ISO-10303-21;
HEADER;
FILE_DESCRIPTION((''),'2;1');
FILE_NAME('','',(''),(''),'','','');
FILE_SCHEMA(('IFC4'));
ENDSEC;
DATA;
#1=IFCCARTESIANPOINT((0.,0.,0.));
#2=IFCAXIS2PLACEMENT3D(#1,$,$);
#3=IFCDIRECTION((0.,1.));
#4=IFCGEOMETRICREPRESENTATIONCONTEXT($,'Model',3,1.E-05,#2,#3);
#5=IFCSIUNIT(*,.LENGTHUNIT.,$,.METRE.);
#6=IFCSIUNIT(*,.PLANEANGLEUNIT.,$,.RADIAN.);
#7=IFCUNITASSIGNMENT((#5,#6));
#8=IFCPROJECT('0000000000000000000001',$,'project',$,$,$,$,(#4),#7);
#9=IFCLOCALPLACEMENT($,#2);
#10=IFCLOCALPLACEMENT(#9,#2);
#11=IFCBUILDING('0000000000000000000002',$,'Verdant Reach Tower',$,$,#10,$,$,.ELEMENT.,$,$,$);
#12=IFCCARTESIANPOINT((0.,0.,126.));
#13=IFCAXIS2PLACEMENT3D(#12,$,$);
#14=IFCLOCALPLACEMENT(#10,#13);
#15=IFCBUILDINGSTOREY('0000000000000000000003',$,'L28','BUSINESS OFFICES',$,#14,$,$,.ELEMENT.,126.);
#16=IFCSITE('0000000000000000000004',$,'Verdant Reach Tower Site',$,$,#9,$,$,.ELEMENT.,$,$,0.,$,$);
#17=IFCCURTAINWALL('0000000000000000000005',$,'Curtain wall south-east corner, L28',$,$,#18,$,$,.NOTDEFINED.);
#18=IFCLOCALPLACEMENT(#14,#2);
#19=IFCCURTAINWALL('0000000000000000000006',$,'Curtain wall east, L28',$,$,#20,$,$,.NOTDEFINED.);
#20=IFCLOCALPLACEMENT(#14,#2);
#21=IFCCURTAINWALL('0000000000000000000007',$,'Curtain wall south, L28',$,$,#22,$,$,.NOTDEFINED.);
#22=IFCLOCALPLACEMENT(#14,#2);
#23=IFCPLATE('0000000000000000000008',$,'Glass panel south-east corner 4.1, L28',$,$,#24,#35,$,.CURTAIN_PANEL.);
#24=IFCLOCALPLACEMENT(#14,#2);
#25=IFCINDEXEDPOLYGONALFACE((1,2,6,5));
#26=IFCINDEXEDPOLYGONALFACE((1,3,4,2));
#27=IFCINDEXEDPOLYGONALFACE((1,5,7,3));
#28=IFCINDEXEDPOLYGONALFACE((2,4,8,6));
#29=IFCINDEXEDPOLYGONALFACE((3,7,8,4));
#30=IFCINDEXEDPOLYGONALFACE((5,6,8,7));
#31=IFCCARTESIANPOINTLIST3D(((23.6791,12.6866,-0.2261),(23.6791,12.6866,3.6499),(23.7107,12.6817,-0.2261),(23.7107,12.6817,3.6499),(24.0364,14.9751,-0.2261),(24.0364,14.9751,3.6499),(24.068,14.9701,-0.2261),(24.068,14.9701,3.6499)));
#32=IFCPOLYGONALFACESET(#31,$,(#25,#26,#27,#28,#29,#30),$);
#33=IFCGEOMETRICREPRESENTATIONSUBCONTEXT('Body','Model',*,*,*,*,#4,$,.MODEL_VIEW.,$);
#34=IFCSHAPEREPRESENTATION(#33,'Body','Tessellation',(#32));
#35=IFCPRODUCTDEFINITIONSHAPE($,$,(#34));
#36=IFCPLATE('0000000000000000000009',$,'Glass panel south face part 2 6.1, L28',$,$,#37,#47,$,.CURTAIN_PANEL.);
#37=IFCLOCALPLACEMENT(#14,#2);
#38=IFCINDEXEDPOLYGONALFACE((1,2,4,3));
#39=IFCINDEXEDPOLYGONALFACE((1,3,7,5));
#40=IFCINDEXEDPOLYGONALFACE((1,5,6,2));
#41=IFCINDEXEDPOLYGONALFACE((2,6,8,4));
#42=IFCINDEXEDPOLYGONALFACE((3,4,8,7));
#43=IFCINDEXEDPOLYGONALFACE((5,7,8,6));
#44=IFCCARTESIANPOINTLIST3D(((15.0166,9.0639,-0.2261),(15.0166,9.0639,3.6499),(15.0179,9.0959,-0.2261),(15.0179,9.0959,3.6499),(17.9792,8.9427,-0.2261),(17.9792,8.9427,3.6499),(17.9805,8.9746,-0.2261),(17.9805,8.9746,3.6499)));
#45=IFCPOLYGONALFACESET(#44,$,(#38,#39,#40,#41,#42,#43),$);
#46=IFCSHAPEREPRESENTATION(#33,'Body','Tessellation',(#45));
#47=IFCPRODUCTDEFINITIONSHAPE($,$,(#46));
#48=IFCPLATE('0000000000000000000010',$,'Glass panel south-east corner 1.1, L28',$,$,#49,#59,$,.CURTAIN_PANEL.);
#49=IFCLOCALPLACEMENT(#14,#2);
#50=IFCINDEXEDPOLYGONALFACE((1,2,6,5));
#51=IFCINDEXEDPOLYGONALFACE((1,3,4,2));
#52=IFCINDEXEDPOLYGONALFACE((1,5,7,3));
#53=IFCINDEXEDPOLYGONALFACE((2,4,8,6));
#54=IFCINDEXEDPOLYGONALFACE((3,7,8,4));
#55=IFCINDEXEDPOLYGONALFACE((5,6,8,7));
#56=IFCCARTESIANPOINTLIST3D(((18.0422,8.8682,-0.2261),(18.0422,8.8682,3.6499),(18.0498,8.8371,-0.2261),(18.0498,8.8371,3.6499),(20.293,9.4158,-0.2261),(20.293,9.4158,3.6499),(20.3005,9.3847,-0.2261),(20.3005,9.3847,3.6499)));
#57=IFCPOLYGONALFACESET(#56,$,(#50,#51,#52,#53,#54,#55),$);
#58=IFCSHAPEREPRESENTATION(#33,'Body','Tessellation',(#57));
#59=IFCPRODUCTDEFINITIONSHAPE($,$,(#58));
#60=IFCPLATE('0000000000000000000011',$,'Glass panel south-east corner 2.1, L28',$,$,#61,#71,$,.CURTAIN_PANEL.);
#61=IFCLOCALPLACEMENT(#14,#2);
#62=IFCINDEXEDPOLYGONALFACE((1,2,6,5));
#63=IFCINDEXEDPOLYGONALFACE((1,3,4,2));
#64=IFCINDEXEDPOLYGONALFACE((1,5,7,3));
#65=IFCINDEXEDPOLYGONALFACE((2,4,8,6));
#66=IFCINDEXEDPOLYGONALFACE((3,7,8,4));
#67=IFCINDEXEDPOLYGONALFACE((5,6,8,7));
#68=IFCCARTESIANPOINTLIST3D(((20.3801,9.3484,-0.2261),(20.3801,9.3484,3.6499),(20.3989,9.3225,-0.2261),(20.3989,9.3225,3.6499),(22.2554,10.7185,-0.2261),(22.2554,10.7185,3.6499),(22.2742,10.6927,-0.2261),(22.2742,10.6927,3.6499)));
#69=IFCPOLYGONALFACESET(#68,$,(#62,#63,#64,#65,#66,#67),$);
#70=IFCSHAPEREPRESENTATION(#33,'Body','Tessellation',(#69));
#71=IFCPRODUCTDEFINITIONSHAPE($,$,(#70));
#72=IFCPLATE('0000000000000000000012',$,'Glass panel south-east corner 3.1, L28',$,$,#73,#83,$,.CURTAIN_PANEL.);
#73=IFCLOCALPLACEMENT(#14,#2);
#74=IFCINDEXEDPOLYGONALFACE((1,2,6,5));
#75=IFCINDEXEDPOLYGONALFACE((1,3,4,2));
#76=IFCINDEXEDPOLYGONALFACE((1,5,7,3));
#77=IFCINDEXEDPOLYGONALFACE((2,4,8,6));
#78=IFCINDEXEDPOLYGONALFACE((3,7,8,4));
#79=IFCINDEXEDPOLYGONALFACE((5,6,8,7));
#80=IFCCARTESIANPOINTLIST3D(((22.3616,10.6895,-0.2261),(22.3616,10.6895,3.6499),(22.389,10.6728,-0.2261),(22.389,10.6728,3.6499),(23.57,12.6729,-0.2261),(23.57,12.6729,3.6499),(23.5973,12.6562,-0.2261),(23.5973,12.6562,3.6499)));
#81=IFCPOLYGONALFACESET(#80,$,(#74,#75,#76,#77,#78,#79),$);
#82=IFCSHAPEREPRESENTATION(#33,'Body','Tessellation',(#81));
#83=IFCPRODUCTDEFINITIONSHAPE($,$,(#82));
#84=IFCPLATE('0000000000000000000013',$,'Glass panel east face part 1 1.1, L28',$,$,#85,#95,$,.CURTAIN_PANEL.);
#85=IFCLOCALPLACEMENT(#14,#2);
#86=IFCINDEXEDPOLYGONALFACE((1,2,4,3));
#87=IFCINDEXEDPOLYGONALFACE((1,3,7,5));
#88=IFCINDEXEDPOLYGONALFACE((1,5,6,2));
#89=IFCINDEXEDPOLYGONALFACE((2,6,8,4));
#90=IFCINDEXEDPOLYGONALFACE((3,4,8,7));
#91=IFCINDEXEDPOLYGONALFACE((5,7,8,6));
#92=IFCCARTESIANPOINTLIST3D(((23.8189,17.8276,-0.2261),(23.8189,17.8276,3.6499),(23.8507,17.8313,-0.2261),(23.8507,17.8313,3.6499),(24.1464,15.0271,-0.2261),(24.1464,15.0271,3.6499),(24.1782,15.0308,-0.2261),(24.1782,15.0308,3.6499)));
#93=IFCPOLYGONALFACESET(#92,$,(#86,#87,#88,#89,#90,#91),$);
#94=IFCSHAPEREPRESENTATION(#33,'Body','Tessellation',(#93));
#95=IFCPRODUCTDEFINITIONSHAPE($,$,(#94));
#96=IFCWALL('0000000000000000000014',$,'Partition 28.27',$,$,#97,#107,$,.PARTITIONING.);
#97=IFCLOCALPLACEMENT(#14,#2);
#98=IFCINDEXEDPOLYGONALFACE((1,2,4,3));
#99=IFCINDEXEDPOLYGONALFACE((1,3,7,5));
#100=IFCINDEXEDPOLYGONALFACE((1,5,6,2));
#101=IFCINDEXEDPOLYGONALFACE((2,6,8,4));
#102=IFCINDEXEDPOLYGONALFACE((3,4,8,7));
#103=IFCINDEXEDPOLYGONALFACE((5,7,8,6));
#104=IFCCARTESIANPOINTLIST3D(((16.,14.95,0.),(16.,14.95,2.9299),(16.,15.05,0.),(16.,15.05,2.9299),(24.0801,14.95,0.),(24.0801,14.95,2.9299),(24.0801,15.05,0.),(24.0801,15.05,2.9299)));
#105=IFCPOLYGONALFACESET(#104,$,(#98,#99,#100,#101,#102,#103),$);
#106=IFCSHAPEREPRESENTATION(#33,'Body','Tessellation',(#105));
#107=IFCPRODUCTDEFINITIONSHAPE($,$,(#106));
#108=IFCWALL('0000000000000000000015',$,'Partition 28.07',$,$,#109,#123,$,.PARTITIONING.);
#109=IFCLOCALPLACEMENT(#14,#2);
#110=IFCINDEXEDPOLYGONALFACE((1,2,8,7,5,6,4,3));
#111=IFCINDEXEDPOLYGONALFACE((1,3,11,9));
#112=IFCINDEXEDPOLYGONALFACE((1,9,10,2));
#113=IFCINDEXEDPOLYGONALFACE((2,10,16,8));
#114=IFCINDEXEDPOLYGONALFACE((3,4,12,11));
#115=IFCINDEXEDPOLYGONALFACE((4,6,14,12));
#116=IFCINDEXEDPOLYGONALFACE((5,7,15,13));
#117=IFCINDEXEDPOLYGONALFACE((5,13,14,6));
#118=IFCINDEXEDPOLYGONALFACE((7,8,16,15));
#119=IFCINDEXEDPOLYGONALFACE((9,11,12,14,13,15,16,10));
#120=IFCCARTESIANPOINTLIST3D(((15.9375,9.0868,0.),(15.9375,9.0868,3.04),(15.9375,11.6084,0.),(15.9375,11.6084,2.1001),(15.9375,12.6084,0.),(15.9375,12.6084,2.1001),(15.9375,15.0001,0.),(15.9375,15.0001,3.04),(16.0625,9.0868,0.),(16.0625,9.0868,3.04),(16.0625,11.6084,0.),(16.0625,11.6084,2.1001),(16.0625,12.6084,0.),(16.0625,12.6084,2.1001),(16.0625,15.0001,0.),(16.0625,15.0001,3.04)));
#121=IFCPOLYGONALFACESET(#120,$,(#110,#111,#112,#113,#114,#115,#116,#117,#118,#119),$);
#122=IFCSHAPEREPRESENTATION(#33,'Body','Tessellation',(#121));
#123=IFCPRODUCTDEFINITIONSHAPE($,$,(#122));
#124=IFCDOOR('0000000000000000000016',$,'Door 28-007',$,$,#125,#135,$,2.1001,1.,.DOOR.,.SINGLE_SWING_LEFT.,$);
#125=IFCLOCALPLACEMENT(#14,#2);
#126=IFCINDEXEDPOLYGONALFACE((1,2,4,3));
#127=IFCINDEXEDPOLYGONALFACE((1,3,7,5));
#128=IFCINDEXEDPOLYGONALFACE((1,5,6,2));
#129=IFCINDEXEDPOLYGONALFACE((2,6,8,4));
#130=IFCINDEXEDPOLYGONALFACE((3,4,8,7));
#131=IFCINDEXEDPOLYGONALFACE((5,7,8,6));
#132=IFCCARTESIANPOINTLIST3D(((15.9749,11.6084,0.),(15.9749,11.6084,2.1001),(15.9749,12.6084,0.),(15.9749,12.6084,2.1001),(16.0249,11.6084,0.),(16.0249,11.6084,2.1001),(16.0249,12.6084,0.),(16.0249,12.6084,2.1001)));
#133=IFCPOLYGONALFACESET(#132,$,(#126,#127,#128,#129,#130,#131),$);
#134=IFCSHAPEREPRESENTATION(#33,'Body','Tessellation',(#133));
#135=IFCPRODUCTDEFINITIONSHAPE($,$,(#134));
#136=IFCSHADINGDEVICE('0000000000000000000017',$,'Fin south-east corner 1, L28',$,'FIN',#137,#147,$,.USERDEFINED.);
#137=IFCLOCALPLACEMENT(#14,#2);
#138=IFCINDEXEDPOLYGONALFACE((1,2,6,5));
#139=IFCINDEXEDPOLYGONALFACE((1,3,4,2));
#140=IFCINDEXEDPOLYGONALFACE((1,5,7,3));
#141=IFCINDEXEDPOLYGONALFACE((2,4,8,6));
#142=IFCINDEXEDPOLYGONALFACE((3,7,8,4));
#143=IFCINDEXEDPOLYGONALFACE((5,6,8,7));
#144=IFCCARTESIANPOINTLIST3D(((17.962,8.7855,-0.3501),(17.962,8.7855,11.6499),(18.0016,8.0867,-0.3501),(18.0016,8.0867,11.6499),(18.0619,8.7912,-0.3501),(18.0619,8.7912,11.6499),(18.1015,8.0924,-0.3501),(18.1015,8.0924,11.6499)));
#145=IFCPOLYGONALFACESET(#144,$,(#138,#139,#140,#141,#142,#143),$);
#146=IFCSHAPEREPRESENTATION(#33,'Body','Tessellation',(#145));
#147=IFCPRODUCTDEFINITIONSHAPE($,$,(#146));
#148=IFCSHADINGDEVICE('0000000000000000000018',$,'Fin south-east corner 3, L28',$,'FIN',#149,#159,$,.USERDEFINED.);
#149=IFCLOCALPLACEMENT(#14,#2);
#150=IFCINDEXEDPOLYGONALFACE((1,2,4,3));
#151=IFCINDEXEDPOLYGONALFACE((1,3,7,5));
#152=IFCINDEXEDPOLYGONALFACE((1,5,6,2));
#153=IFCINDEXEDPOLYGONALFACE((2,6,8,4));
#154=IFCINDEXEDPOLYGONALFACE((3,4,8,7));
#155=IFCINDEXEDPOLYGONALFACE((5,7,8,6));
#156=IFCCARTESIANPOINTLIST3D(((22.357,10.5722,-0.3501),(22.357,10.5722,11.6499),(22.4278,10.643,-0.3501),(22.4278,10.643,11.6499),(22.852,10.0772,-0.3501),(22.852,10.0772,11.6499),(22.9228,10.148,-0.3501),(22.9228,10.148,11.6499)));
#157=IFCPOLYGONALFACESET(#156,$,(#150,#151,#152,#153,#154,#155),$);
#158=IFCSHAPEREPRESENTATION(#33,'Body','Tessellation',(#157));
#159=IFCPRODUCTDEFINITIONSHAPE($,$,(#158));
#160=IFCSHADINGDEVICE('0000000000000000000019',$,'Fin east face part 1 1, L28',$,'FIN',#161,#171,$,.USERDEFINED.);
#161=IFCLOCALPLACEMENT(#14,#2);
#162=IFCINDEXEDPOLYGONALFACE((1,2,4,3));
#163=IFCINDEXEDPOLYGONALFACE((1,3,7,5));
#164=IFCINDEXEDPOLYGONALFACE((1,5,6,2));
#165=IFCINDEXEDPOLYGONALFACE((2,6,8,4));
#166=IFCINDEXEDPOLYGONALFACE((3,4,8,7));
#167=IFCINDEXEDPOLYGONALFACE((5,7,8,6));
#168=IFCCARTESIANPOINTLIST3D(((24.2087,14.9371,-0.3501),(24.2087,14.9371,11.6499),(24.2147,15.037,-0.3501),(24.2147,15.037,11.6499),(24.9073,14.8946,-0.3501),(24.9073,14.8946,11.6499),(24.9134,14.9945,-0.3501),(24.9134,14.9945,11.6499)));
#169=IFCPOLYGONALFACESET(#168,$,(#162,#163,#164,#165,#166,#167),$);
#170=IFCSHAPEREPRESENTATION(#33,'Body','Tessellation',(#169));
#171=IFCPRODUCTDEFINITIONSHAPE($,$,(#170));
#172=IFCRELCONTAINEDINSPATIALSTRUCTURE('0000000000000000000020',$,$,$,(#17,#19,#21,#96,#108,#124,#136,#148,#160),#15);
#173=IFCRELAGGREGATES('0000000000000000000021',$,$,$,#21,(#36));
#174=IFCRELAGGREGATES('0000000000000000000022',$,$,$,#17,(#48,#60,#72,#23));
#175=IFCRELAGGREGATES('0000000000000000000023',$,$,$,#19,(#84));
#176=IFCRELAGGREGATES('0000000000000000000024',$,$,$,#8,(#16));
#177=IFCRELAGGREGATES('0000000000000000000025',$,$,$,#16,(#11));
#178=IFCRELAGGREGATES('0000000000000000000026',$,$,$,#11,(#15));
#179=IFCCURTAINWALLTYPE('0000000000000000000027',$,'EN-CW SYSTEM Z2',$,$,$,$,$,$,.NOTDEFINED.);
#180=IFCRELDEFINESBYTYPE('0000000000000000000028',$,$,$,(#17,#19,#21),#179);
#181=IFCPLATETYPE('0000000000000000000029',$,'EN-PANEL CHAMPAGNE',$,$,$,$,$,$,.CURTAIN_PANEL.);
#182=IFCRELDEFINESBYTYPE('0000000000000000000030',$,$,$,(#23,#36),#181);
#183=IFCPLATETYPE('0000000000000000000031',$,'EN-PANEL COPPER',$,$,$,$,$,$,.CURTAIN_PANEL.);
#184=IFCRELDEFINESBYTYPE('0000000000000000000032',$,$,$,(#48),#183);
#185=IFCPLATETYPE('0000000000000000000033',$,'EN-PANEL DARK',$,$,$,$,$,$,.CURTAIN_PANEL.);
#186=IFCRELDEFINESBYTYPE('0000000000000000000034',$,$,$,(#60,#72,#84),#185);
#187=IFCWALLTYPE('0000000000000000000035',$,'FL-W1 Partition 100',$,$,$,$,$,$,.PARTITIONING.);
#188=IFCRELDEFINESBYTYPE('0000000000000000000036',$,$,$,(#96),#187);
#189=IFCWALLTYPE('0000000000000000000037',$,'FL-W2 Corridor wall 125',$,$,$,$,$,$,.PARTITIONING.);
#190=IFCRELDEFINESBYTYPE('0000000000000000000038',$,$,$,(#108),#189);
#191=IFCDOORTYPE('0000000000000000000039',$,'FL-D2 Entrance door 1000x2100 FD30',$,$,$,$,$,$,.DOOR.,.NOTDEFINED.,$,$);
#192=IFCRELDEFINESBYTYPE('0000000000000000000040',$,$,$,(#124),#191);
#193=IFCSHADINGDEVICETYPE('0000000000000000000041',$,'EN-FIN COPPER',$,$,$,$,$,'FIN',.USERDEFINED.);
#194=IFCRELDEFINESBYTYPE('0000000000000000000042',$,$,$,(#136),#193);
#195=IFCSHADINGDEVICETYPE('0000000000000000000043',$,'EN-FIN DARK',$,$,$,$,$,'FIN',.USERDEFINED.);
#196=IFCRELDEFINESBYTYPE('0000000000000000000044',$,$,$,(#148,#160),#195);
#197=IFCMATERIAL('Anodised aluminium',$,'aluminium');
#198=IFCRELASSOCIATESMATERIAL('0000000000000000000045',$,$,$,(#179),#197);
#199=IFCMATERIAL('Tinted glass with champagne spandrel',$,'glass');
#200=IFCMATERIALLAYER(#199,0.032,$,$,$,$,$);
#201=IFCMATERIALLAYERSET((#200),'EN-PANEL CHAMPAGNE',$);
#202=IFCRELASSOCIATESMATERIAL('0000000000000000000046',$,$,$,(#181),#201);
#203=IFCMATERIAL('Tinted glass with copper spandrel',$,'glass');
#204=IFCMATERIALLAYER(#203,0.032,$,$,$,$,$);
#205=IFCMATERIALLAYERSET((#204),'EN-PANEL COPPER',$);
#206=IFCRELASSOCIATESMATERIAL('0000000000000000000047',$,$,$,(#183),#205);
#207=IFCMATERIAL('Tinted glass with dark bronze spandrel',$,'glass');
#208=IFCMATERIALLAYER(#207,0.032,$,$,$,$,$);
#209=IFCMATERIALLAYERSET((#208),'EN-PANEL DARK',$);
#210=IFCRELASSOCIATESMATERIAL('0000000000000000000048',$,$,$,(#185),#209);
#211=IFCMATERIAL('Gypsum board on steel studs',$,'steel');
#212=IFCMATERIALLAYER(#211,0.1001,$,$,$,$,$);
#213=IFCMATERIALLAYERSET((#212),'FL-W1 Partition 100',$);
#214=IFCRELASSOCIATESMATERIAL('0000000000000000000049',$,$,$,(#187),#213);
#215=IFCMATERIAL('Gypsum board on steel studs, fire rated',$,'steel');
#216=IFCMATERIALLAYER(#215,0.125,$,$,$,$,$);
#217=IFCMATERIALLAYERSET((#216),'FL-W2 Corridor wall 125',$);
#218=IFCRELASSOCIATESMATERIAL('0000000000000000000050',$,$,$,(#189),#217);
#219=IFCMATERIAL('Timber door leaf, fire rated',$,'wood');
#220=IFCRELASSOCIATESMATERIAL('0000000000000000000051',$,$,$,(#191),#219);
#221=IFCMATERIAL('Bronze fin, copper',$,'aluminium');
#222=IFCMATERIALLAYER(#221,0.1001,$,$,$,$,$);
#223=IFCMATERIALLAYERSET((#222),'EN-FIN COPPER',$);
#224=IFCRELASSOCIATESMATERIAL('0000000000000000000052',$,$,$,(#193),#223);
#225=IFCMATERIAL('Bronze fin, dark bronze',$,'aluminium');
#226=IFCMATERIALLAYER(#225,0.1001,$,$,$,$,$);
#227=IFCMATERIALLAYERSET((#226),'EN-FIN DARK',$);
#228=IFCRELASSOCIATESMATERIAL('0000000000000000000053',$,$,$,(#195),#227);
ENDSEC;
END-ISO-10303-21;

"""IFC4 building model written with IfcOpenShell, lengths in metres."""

from ifc_helpers import new_model, si_unit, direction, frame, frame_2d, origin, origin_2d, place, context, subcontext, project, spatial, rectangle, extrude, material, layer, layer_set, type_object, element, fill, aggregate, save


model = new_model("IFC4")

# Units and contexts
model_context = context("Model", 3, precision=1e-05, world=origin(), true_north=direction((0.0, 1.0)))
body_context = subcontext(model_context, "Body", "Model", "MODEL_VIEW")
ifc_project = project(units=[si_unit("LENGTHUNIT", "METRE"), si_unit("PLANEANGLEUNIT", "RADIAN")], contexts=[model_context])

# Site, building, storey
site_placement = place(None, origin())
site = spatial("IfcSite", under=ifc_project, at=site_placement, Name="Verdant Reach Tower Site", CompositionType="ELEMENT", RefElevation=0.0)
building_placement = place(site_placement, origin())
building = spatial("IfcBuilding", under=site, at=building_placement, Name="Verdant Reach Tower", CompositionType="ELEMENT")
storey_placement = place(building_placement, frame((0.0, 0.0, 126.0)))
storey = spatial("IfcBuildingStorey", under=building, at=storey_placement, Name="L28", Description="BUSINESS OFFICES", CompositionType="ELEMENT", Elevation=126.0)

# Curtain wall
ifc_material_1 = material(Name="Anodised aluminium", Category="aluminium")
curtain_wall_type = type_object("IfcCurtainWallType", Name="EN-CW SYSTEM Z2", PredefinedType="NOTDEFINED", material=ifc_material_1)
curtain_wall_1_placement = place(storey_placement, origin())
curtain_wall_1 = element("IfcCurtainWall", 1, at=curtain_wall_1_placement, inside=storey, type_object=curtain_wall_type, Name="Curtain wall south-east corner, L28", PredefinedType="NOTDEFINED")

# Curtain walls
curtain_wall_2_placement = place(storey_placement, origin())
curtain_wall_2 = element("IfcCurtainWall", 2, at=curtain_wall_2_placement, inside=storey, type_object=curtain_wall_type, Name="Curtain wall east, L28", PredefinedType="NOTDEFINED")
curtain_wall_3_placement = place(storey_placement, origin())
curtain_wall_3 = element("IfcCurtainWall", 3, at=curtain_wall_3_placement, inside=storey, type_object=curtain_wall_type, Name="Curtain wall south, L28", PredefinedType="NOTDEFINED")

# Plates
ifc_material_2 = material(Name="Tinted glass with champagne spandrel", Category="glass")
ifc_layer_1 = layer(ifc_material_2, 0.032)
ifc_layer_set_1 = layer_set([ifc_layer_1], Name="EN-PANEL CHAMPAGNE")
plate_type_1 = type_object("IfcPlateType", Name="EN-PANEL CHAMPAGNE", PredefinedType="CURTAIN_PANEL", material=ifc_layer_set_1)
plate_1_placement = place(storey_placement, frame((23.8735, 13.8284, -0.2261), z_axis=(0.0, 0.0, 1.0), x_axis=(0.154281, 0.988027, 0.0)))
plate_1 = element("IfcPlate", 4, at=plate_1_placement, type_object=plate_type_1, Name="Glass panel south-east corner 4.1, L28", PredefinedType="CURTAIN_PANEL", context=body_context, shape_type="SweptSolid", body=[
    extrude(rectangle(XDim=2.3162, YDim=0.032, at=origin_2d()), origin(), (0.0, 0.0, 1.0), 3.876),
])
plate_2_placement = place(storey_placement, frame((16.4985, 9.0193, -0.2261), z_axis=(0.0, 0.0, 1.0), x_axis=(0.999163, -0.0409, 0.0)))
plate_2 = element("IfcPlate", 5, at=plate_2_placement, type_object=plate_type_1, Name="Glass panel south face part 2 6.1, L28", PredefinedType="CURTAIN_PANEL", context=body_context, shape_type="SweptSolid", body=[
    extrude(rectangle(XDim=2.9651, YDim=0.032, at=origin_2d()), origin(), (0.0, 0.0, 1.0), 3.876),
])
aggregate(curtain_wall_3, [plate_2])
ifc_material_3 = material(Name="Tinted glass with copper spandrel", Category="glass")
ifc_layer_2 = layer(ifc_material_3, 0.032)
ifc_layer_set_2 = layer_set([ifc_layer_2], Name="EN-PANEL COPPER")
plate_type_2 = type_object("IfcPlateType", Name="EN-PANEL COPPER", PredefinedType="CURTAIN_PANEL", material=ifc_layer_set_2)
plate_3_placement = place(storey_placement, frame((19.1714, 9.1265, -0.2261), z_axis=(0.0, 0.0, 1.0), x_axis=(0.971658, 0.236391, 0.0)))
plate_3 = element("IfcPlate", 6, at=plate_3_placement, type_object=plate_type_2, Name="Glass panel south-east corner 1.1, L28", PredefinedType="CURTAIN_PANEL", context=body_context, shape_type="SweptSolid", body=[
    extrude(rectangle(XDim=2.3164, YDim=0.032, at=origin_2d()), origin(), (0.0, 0.0, 1.0), 3.876),
])
ifc_material_4 = material(Name="Tinted glass with dark bronze spandrel", Category="glass")
ifc_layer_3 = layer(ifc_material_4, 0.032)
ifc_layer_set_3 = layer_set([ifc_layer_3], Name="EN-PANEL DARK")
plate_type_3 = type_object("IfcPlateType", Name="EN-PANEL DARK", PredefinedType="CURTAIN_PANEL", material=ifc_layer_set_3)
plate_4_placement = place(storey_placement, frame((21.3271, 10.0205, -0.2261), z_axis=(0.0, 0.0, 1.0), x_axis=(0.807457, 0.589927, 0.0)))
plate_4 = element("IfcPlate", 7, at=plate_4_placement, type_object=plate_type_3, Name="Glass panel south-east corner 2.1, L28", PredefinedType="CURTAIN_PANEL", context=body_context, shape_type="SweptSolid", body=[
    extrude(rectangle(XDim=2.3225, YDim=0.032, at=origin_2d()), origin(), (0.0, 0.0, 1.0), 3.876),
])
plate_5_placement = place(storey_placement, frame((22.9795, 11.6729, -0.2261), z_axis=(0.0, 0.0, 1.0), x_axis=(0.520292, 0.853989, 0.0)))
plate_5 = element("IfcPlate", 8, at=plate_5_placement, type_object=plate_type_3, Name="Glass panel south-east corner 3.1, L28", PredefinedType="CURTAIN_PANEL", context=body_context, shape_type="SweptSolid", body=[
    extrude(rectangle(XDim=2.3225, YDim=0.032, at=origin_2d()), origin(), (0.0, 0.0, 1.0), 3.876),
])
aggregate(curtain_wall_1, [plate_3, plate_4, plate_5, plate_1])
plate_6_placement = place(storey_placement, frame((23.9985, 16.4292, -0.2261), z_axis=(0.0, 0.0, 1.0), x_axis=(-0.116147, 0.993232, 0.0)))
plate_6 = element("IfcPlate", 9, at=plate_6_placement, type_object=plate_type_3, Name="Glass panel east face part 1 1.1, L28", PredefinedType="CURTAIN_PANEL", context=body_context, shape_type="SweptSolid", body=[
    extrude(rectangle(XDim=2.8196, YDim=0.032, at=origin_2d()), origin(), (0.0, 0.0, 1.0), 3.876),
])
aggregate(curtain_wall_2, [plate_6])

# Wall
ifc_material_5 = material(Name="Gypsum board on steel studs", Category="steel")
ifc_layer_4 = layer(ifc_material_5, 0.1001)
ifc_layer_set_4 = layer_set([ifc_layer_4], Name="FL-W1 Partition 100")
wall_type_1 = type_object("IfcWallType", Name="FL-W1 Partition 100", PredefinedType="PARTITIONING", material=ifc_layer_set_4)
wall_1_placement = place(storey_placement, frame((24.0801, 15.0, 0.0), z_axis=(0.0, 0.0, 1.0), x_axis=(-1.0, 0.0, 0.0)))
element("IfcWall", 10, at=wall_1_placement, inside=storey, type_object=wall_type_1, Name="Partition 28.27", PredefinedType="PARTITIONING", context=body_context, shape_type="SweptSolid", body=[
    extrude(rectangle(XDim=8.0801, YDim=0.1001, at=frame_2d((4.04, 0.0))), origin(), (0.0, 0.0, 1.0), 2.9299),
])

# Wall, opening, door
ifc_material_6 = material(Name="Gypsum board on steel studs, fire rated", Category="steel")
ifc_layer_5 = layer(ifc_material_6, 0.125)
ifc_layer_set_5 = layer_set([ifc_layer_5], Name="FL-W2 Corridor wall 125")
wall_type_2 = type_object("IfcWallType", Name="FL-W2 Corridor wall 125", PredefinedType="PARTITIONING", material=ifc_layer_set_5)
wall_2_placement = place(storey_placement, frame((16.0, 15.0, 0.0), z_axis=(0.0, 0.0, 1.0), x_axis=(0.0, -1.0, 0.0)))
wall_2 = element("IfcWall", 11, at=wall_2_placement, inside=storey, type_object=wall_type_2, Name="Partition 28.07", PredefinedType="PARTITIONING", context=body_context, shape_type="SweptSolid", body=[
    extrude(rectangle(XDim=5.9133, YDim=0.125, at=frame_2d((2.9565, 0.0))), origin(), (0.0, 0.0, 1.0), 3.04),
])
opening_placement = place(wall_2_placement, frame((2.3916, 0.0, 0.0)))
opening = element("IfcOpeningElement", 12, at=opening_placement, cuts=wall_2, PredefinedType="OPENING", context=body_context, shape_type="SweptSolid", body=[
    extrude(rectangle(XDim=1.0, YDim=2.1001, at=frame_2d((0.5, 1.05))), frame((0.0, 0.0725, 0.0), z_axis=(0.0, -1.0, 0.0), x_axis=(1.0, 0.0, 0.0)), (0.0, 0.0, 1.0), 0.145),
])
ifc_material_7 = material(Name="Timber door leaf, fire rated", Category="wood")
door_type = type_object("IfcDoorType", Name="FL-D2 Entrance door 1000x2100 FD30", OperationType="NOTDEFINED", PredefinedType="DOOR", material=ifc_material_7)
door_placement = place(opening_placement, origin())
door = element("IfcDoor", 13, at=door_placement, inside=storey, type_object=door_type, Name="Door 28-007", OperationType="SINGLE_SWING_LEFT", OverallHeight=2.1001, OverallWidth=1.0, PredefinedType="DOOR", context=body_context, shape_type="SweptSolid", body=[
    extrude(rectangle(XDim=1.0, YDim=2.1001, at=frame_2d((0.5, 1.05))), frame((0.0, 0.0249, 0.0), z_axis=(0.0, -1.0, 0.0), x_axis=(1.0, 0.0, 0.0)), (0.0, 0.0, 1.0), 0.05),
])
fill(opening, door)

# Shading devices
ifc_material_8 = material(Name="Bronze fin, copper", Category="aluminium")
ifc_layer_6 = layer(ifc_material_8, 0.1001)
ifc_layer_set_6 = layer_set([ifc_layer_6], Name="EN-FIN COPPER")
shading_device_type_1 = type_object("IfcShadingDeviceType", Name="EN-FIN COPPER", ElementType="FIN", PredefinedType="USERDEFINED", material=ifc_layer_set_6)
shading_device_placement = place(storey_placement, frame((18.0317, 8.439, -0.3501), z_axis=(0.0, 0.0, 1.0), x_axis=(0.998399, 0.056569, 0.0)))
element("IfcShadingDevice", 14, at=shading_device_placement, inside=storey, type_object=shading_device_type_1, Name="Fin south-east corner 1, L28", ObjectType="FIN", PredefinedType="USERDEFINED", context=body_context, shape_type="SweptSolid", body=[
    extrude(rectangle(XDim=0.1001, YDim=0.7, at=origin_2d()), origin(), (0.0, 0.0, 1.0), 12.0),
])
ifc_material_9 = material(Name="Bronze fin, dark bronze", Category="aluminium")
ifc_layer_7 = layer(ifc_material_9, 0.1001)
ifc_layer_set_7 = layer_set([ifc_layer_7], Name="EN-FIN DARK")
shading_device_type_2 = type_object("IfcShadingDeviceType", Name="EN-FIN DARK", ElementType="FIN", PredefinedType="USERDEFINED", material=ifc_layer_set_7)
for number, where, z_axis, x_axis, name in (
    (15, (22.6399, 10.3601, -0.3501), (0.0, 0.0, 1.0), (0.707107, 0.707107, 0.0), "Fin south-east corner 3, L28"),
    (16, (24.561, 14.9658, -0.3501), (0.0, 0.0, 1.0), (0.060703, 0.998156, 0.0), "Fin east face part 1 1, L28"),
):
    element("IfcShadingDevice", number, at=place(storey_placement, frame(where, z_axis=z_axis, x_axis=x_axis)), inside=storey, type_object=shading_device_type_2, Name=name, ObjectType="FIN", PredefinedType="USERDEFINED", context=body_context, shape_type="SweptSolid", body=[
        extrude(rectangle(XDim=0.1001, YDim=0.7, at=origin_2d()), origin(), (0.0, 0.0, 1.0), 12.0),
    ])

save(model, "model.ifc")
